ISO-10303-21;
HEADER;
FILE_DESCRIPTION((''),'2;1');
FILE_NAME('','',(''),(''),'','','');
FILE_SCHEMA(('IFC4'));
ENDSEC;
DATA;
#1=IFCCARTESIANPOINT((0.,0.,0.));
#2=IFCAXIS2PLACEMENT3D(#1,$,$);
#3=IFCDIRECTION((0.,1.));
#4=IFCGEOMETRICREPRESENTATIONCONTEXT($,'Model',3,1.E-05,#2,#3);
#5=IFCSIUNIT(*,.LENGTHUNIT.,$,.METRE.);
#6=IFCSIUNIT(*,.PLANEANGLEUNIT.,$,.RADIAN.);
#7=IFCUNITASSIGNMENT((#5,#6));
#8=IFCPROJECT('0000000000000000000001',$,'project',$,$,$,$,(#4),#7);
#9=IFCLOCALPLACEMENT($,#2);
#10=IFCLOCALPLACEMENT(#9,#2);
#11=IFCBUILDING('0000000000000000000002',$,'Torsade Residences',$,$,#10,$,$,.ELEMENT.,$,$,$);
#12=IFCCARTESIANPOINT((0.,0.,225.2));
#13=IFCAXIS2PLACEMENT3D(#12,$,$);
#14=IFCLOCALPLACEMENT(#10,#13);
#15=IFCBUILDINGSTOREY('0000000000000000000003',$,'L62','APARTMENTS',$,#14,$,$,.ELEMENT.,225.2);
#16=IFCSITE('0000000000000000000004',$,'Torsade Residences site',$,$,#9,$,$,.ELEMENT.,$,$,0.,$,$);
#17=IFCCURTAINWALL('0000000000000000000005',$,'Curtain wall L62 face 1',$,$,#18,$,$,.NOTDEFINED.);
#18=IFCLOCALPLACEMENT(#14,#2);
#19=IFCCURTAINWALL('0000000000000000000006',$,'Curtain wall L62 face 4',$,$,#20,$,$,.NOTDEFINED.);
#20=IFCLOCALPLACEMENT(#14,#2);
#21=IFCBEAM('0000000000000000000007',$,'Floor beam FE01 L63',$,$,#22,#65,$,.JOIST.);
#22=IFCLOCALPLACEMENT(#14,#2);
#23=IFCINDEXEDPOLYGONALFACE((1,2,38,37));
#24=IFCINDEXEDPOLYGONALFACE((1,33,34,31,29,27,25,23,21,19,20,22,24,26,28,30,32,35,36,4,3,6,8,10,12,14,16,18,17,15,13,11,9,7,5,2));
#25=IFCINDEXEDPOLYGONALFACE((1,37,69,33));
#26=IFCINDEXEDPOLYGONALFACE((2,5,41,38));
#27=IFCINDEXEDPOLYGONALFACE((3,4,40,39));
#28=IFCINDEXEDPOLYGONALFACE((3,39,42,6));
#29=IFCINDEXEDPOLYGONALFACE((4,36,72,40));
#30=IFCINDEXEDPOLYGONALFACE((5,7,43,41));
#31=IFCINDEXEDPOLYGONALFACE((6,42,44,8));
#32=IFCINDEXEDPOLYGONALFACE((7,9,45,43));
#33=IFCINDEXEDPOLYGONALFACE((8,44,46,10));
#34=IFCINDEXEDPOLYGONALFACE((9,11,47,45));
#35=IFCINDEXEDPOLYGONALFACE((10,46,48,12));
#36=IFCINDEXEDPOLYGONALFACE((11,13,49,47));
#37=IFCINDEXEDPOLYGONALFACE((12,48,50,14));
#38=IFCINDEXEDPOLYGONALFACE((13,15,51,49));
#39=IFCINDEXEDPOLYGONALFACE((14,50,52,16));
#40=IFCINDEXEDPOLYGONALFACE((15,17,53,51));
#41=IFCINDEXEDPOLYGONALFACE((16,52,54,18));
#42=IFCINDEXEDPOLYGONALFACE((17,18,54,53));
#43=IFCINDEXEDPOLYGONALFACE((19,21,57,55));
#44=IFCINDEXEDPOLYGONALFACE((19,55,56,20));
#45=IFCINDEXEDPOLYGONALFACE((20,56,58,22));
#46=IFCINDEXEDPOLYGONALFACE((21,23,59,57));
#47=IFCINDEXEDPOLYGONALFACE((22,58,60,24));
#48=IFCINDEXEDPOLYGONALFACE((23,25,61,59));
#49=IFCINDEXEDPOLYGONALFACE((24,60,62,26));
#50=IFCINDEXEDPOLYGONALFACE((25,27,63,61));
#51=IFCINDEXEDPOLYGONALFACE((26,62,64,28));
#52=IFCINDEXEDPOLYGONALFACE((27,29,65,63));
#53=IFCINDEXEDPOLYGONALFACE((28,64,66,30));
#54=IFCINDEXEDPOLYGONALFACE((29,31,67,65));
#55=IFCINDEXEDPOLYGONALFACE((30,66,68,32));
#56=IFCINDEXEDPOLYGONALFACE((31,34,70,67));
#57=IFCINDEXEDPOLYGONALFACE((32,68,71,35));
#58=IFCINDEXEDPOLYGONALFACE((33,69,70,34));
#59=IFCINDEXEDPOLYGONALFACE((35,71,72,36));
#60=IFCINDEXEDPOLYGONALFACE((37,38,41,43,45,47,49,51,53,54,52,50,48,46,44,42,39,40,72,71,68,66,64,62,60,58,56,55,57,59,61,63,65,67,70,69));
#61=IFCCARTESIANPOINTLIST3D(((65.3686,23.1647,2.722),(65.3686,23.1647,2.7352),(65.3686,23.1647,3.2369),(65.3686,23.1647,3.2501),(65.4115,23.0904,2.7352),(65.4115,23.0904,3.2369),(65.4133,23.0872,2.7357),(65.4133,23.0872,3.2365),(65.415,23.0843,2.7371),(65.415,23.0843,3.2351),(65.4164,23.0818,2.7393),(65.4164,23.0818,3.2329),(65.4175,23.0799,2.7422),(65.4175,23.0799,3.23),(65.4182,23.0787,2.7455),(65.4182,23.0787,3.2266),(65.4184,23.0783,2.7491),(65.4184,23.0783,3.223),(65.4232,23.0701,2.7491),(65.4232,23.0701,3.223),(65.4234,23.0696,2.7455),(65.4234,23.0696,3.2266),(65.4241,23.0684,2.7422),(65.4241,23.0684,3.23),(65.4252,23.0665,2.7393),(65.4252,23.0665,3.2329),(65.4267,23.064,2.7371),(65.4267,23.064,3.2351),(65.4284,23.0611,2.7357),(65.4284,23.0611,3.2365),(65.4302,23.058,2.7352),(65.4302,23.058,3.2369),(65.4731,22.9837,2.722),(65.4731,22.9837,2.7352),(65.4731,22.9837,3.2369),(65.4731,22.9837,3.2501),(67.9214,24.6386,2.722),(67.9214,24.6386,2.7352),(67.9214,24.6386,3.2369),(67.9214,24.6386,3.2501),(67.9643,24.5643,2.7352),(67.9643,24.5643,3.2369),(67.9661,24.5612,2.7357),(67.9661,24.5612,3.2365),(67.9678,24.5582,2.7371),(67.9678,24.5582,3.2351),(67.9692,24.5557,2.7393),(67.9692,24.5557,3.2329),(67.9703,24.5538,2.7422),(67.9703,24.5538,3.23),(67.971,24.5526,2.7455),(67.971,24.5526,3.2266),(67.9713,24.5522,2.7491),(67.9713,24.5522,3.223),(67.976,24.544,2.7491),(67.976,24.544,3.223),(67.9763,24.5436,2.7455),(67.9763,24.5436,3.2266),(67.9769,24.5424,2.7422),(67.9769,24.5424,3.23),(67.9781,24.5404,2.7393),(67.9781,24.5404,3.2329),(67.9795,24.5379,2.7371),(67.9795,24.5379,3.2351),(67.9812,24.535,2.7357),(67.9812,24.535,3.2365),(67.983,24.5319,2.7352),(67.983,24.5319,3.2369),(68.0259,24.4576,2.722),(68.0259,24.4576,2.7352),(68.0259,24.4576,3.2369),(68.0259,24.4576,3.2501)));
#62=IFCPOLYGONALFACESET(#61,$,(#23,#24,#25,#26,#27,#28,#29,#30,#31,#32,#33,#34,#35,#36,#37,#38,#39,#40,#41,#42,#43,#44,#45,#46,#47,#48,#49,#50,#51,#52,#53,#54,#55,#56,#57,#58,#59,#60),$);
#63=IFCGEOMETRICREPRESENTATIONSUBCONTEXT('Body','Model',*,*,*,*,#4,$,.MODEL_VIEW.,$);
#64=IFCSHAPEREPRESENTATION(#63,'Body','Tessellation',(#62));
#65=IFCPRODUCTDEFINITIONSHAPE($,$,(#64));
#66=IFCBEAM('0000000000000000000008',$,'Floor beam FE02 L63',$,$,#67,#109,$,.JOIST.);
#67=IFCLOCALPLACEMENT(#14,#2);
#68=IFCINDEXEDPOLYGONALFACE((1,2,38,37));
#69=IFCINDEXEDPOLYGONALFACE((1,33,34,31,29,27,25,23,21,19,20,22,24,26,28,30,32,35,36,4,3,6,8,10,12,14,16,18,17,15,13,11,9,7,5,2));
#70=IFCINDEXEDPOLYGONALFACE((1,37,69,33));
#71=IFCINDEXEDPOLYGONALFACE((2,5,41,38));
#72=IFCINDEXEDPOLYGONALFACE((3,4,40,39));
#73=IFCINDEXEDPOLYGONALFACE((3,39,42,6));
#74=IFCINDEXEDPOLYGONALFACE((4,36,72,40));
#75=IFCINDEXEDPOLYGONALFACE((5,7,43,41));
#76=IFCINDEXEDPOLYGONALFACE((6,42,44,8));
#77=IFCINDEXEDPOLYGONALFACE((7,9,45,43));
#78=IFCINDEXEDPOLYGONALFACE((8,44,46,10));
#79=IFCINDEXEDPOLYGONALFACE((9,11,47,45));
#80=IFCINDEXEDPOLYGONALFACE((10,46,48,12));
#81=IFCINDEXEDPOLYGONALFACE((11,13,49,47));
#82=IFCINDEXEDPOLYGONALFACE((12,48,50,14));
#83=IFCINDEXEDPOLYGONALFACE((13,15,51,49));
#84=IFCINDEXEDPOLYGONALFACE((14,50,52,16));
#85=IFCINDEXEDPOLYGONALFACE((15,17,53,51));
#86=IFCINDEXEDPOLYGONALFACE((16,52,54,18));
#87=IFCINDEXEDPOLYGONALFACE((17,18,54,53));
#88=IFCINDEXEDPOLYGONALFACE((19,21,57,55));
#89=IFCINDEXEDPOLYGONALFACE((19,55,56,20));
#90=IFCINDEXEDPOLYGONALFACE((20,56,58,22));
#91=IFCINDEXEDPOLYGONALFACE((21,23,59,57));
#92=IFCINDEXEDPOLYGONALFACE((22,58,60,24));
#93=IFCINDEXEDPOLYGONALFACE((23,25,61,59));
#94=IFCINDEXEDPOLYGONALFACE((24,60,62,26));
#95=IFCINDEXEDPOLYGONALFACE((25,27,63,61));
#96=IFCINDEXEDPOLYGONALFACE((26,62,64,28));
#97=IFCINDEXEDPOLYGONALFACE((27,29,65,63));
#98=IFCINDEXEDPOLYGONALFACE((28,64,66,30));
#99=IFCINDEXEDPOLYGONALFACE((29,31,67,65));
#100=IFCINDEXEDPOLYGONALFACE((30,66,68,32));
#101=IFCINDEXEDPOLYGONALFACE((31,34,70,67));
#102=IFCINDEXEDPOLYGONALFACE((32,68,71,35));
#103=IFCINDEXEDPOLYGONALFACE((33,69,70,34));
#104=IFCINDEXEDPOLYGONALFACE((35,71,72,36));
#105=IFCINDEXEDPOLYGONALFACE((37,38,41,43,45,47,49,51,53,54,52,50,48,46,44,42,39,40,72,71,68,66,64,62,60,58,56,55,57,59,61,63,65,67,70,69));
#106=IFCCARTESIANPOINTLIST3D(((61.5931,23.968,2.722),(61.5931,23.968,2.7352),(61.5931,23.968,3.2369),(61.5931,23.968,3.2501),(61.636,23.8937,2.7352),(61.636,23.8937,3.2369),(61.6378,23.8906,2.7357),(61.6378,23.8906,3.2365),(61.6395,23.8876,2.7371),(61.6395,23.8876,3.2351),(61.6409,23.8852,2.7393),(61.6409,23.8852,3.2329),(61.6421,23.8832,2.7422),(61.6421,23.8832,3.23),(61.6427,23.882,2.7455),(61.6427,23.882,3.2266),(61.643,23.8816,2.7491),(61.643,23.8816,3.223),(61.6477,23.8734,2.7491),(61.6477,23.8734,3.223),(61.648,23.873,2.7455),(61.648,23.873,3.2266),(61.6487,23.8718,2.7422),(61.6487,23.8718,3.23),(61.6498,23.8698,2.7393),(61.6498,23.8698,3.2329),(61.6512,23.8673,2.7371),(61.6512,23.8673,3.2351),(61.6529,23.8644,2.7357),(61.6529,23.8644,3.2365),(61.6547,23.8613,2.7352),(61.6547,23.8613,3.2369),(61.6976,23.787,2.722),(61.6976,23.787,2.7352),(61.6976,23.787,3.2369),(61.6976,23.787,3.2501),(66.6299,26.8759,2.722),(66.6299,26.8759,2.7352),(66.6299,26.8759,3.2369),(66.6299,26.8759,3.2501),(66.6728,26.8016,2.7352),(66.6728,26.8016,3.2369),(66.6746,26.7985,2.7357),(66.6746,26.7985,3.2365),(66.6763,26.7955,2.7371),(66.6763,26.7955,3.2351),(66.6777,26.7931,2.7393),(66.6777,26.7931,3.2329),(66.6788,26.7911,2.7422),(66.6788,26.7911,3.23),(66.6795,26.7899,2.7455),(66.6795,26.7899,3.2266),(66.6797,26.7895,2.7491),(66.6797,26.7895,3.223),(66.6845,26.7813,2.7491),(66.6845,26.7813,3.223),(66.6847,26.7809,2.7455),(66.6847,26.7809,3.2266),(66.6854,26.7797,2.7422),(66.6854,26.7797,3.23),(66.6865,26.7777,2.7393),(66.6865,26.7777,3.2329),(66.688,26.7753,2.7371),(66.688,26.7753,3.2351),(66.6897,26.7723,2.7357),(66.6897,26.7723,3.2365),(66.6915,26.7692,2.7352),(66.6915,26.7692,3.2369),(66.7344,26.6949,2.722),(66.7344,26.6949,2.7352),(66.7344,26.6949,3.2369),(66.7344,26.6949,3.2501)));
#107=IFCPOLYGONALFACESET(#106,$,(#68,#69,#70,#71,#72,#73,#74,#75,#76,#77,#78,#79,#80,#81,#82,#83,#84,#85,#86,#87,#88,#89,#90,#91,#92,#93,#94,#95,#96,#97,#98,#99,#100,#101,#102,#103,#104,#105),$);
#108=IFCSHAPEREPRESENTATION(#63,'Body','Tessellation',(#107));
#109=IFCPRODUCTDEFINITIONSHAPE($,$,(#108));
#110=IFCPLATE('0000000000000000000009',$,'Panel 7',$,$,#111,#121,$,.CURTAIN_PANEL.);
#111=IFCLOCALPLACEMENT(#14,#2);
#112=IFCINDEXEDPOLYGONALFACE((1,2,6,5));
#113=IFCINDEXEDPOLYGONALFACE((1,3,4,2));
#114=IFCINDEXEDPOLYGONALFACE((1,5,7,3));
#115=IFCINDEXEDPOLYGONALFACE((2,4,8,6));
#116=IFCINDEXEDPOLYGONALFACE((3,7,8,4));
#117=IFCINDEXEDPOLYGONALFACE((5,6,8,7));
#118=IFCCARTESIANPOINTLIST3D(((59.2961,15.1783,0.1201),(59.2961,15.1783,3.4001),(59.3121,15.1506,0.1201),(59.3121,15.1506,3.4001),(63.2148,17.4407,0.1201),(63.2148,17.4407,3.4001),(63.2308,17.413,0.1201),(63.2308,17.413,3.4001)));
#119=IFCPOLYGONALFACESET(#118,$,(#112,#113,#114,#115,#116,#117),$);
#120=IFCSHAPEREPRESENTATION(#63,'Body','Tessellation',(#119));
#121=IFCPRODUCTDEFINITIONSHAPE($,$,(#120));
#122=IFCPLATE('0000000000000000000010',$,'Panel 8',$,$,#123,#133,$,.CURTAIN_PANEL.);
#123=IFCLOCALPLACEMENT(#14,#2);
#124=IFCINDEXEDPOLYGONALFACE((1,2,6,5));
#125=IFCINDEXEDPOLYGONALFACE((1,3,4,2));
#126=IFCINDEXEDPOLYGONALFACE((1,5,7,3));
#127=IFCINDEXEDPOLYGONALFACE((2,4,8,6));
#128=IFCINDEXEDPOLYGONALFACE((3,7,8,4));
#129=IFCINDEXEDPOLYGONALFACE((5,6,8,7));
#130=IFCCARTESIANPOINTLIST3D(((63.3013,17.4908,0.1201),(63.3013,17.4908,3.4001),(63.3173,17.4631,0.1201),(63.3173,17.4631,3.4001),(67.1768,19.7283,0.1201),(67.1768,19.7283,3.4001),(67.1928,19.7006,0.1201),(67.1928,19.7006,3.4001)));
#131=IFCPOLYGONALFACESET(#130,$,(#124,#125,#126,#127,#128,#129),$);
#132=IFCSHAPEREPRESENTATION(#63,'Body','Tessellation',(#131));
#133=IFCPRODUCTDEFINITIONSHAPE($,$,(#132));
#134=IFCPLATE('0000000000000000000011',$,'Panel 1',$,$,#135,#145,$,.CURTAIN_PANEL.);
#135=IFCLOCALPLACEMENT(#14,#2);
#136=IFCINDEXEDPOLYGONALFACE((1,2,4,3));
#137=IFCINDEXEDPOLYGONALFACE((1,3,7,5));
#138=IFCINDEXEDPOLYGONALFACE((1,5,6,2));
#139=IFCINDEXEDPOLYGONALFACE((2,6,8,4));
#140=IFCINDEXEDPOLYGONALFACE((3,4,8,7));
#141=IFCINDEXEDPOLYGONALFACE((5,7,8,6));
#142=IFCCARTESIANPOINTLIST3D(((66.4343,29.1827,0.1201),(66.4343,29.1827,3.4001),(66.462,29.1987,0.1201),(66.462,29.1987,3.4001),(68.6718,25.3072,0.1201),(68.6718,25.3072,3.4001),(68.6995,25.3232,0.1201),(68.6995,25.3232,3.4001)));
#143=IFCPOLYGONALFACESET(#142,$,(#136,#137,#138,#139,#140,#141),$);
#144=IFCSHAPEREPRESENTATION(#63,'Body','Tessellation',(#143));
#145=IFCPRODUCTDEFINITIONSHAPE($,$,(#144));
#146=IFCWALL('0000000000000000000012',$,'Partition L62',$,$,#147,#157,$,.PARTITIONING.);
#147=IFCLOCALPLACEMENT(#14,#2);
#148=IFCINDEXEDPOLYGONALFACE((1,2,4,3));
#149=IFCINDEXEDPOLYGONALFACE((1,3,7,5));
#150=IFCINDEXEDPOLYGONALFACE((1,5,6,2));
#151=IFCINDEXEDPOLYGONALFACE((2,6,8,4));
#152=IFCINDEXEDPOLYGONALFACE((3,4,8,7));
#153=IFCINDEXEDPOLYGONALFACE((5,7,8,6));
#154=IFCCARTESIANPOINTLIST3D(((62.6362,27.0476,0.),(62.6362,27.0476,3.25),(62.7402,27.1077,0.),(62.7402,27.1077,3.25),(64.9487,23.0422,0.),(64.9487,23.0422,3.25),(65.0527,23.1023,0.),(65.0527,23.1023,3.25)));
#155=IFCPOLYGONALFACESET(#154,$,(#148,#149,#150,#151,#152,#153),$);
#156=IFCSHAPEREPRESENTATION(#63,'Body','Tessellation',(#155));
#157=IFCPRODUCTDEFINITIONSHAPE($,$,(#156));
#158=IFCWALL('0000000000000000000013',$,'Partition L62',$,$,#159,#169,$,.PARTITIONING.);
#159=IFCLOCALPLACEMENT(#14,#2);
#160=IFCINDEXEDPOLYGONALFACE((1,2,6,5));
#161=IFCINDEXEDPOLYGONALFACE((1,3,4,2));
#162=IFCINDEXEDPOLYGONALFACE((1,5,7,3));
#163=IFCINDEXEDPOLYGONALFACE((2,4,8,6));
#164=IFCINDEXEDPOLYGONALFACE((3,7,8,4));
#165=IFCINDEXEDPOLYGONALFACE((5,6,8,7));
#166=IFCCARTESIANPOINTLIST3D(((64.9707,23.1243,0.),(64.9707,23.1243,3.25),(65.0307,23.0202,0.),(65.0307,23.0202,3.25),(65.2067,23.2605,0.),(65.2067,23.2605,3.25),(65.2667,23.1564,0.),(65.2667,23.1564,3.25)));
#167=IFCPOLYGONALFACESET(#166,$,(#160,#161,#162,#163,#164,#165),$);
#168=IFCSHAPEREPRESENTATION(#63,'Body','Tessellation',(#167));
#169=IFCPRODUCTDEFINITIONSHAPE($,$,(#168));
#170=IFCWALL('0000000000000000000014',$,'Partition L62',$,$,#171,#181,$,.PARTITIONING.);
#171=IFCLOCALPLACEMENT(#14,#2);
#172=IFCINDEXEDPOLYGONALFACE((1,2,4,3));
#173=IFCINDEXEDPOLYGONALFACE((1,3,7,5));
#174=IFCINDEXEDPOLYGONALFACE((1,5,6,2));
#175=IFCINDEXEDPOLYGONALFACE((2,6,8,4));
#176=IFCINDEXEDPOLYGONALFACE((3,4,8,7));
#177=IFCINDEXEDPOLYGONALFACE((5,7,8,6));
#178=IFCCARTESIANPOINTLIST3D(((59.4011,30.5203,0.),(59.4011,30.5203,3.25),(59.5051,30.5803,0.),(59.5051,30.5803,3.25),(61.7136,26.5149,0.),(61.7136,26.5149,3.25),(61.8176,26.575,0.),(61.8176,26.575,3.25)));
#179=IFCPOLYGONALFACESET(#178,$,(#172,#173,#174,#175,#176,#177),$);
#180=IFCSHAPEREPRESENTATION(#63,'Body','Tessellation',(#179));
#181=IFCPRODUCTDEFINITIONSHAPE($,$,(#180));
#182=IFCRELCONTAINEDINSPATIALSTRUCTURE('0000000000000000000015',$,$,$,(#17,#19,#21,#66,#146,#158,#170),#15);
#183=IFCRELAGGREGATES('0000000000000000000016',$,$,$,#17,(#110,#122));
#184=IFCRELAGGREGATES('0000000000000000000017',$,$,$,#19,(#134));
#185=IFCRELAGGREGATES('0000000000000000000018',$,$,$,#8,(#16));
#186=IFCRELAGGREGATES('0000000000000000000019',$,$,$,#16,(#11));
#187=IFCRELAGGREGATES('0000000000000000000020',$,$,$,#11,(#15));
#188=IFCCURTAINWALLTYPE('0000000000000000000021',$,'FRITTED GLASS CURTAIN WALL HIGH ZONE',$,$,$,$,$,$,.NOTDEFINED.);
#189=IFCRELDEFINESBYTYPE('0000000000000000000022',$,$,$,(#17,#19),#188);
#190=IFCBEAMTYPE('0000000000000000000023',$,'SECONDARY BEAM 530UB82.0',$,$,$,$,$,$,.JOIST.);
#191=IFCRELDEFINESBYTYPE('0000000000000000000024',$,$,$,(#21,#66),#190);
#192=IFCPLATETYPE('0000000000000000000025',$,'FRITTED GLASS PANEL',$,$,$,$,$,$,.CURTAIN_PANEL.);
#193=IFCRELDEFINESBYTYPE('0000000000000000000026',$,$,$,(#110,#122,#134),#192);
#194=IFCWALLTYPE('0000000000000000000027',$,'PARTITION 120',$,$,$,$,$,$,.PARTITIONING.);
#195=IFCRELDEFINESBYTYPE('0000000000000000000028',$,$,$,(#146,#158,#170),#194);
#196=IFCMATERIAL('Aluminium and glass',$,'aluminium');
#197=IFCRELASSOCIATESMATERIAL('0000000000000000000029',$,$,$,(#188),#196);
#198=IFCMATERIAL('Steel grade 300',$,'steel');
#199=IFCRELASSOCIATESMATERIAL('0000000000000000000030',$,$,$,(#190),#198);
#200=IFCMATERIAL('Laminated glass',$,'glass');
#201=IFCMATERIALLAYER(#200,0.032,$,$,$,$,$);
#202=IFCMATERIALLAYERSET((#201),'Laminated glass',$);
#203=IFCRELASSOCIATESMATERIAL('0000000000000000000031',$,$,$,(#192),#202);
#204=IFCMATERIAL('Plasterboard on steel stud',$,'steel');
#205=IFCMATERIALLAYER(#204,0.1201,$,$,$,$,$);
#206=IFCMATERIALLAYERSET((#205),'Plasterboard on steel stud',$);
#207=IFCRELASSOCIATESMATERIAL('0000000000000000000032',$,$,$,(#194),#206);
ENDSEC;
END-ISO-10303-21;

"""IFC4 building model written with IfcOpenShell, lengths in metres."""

from ifc_helpers import new_model, si_unit, direction, frame, frame_2d, origin, origin_2d, place, context, subcontext, project, spatial, rectangle, i_section, extrude, material, layer, layer_set, material_profile, profile_set, type_object, element, aggregate, save


model = new_model("IFC4")

# Units and contexts
model_context = context("Model", 3, precision=1e-05, world=origin(), true_north=direction((0.0, 1.0)))
body_context = subcontext(model_context, "Body", "Model", "MODEL_VIEW")
ifc_project = project(units=[si_unit("LENGTHUNIT", "METRE"), si_unit("PLANEANGLEUNIT", "RADIAN")], contexts=[model_context])

# Site, building, storey
site_placement = place(None, origin())
site = spatial("IfcSite", under=ifc_project, at=site_placement, Name="Torsade Residences site", CompositionType="ELEMENT", RefElevation=0.0)
building_placement = place(site_placement, origin())
building = spatial("IfcBuilding", under=site, at=building_placement, Name="Torsade Residences", CompositionType="ELEMENT")
storey_placement = place(building_placement, frame((0.0, 0.0, 225.2)))
storey = spatial("IfcBuildingStorey", under=building, at=storey_placement, Name="L62", Description="APARTMENTS", CompositionType="ELEMENT", Elevation=225.2)

# Curtain wall
ifc_material_1 = material(Name="Aluminium and glass", Category="aluminium")
curtain_wall_type = type_object("IfcCurtainWallType", Name="FRITTED GLASS CURTAIN WALL HIGH ZONE", PredefinedType="NOTDEFINED", material=ifc_material_1)
curtain_wall_1_placement = place(storey_placement, origin())
curtain_wall_1 = element("IfcCurtainWall", 1, at=curtain_wall_1_placement, inside=storey, type_object=curtain_wall_type, Name="Curtain wall L62 face 1", PredefinedType="NOTDEFINED")

# Curtain wall
curtain_wall_2_placement = place(storey_placement, origin())
curtain_wall_2 = element("IfcCurtainWall", 2, at=curtain_wall_2_placement, inside=storey, type_object=curtain_wall_type, Name="Curtain wall L62 face 4", PredefinedType="NOTDEFINED")

# Beams
ifc_material_2 = material(Name="Steel grade 300", Category="steel")
ifc_material_profile_1 = material_profile(ifc_material_2, i_section(OverallWidth=0.209, OverallDepth=0.5281, WebThickness=0.0095, FlangeThickness=0.0132, FilletRadius=0.0139, at=origin_2d()), Name="530UB82.0")
ifc_profile_set_1 = profile_set([ifc_material_profile_1], Name="Steel grade 300")
beam_type_1 = type_object("IfcBeamType", Name="SECONDARY BEAM 530UB82.0", PredefinedType="JOIST", material=ifc_profile_set_1)
beam_1_placement = place(storey_placement, frame((67.9736, 24.5481, 2.9861), z_axis=(-0.866017, -0.500014, 0.0), x_axis=(0.500014, -0.866017, 0.0)))
element("IfcBeam", 3, at=beam_1_placement, inside=storey, type_object=beam_type_1, Name="Floor beam FE01 L63", PredefinedType="JOIST", context=body_context, shape_type="SweptSolid", body=[
    extrude(i_section(OverallWidth=0.209, OverallDepth=0.5281, WebThickness=0.0095, FlangeThickness=0.0132, FilletRadius=0.0139, at=origin_2d()), origin(), (0.0, 0.0, 1.0), 2.9478),
])
beam_2_placement = place(storey_placement, frame((66.6821, 26.7854, 2.9861), z_axis=(-0.866031, -0.49999, 0.0), x_axis=(0.49999, -0.866031, 0.0)))
element("IfcBeam", 4, at=beam_2_placement, inside=storey, type_object=beam_type_1, Name="Floor beam FE02 L63", PredefinedType="JOIST", context=body_context, shape_type="SweptSolid", body=[
    extrude(i_section(OverallWidth=0.209, OverallDepth=0.5281, WebThickness=0.0095, FlangeThickness=0.0132, FilletRadius=0.0139, at=origin_2d()), origin(), (0.0, 0.0, 1.0), 5.8159),
])

# Plates
ifc_material_3 = material(Name="Laminated glass", Category="glass")
ifc_layer_1 = layer(ifc_material_3, 0.032)
ifc_layer_set_1 = layer_set([ifc_layer_1], Name="Laminated glass")
plate_type = type_object("IfcPlateType", Name="FRITTED GLASS PANEL", PredefinedType="CURTAIN_PANEL", material=ifc_layer_set_1)
plate_1_placement = place(storey_placement, frame((61.2634, 16.2957, 0.1201), z_axis=(0.0, 0.0, 1.0), x_axis=(0.866025, 0.5, 0.0)))
plate_1 = element("IfcPlate", 5, at=plate_1_placement, type_object=plate_type, Name="Panel 7", PredefinedType="CURTAIN_PANEL", context=body_context, shape_type="SweptSolid", body=[
    extrude(rectangle(XDim=4.5249, YDim=0.032, at=origin_2d()), origin(), (0.0, 0.0, 1.0), 3.28),
])
plate_2_placement = place(storey_placement, frame((65.2471, 18.5957, 0.1201), z_axis=(0.0, 0.0, 1.0), x_axis=(0.866025, 0.5, 0.0)))
plate_2 = element("IfcPlate", 6, at=plate_2_placement, type_object=plate_type, Name="Panel 8", PredefinedType="CURTAIN_PANEL", context=body_context, shape_type="SweptSolid", body=[
    extrude(rectangle(XDim=4.4751, YDim=0.032, at=origin_2d()), origin(), (0.0, 0.0, 1.0), 3.28),
])
aggregate(curtain_wall_1, [plate_1, plate_2])
plate_3_placement = place(storey_placement, frame((67.5669, 27.2529, 0.1201), z_axis=(0.0, 0.0, 1.0), x_axis=(-0.5, 0.866025, 0.0)))
plate_3 = element("IfcPlate", 7, at=plate_3_placement, type_object=plate_type, Name="Panel 1", PredefinedType="CURTAIN_PANEL", context=body_context, shape_type="SweptSolid", body=[
    extrude(rectangle(XDim=4.4751, YDim=0.032, at=origin_2d()), origin(), (0.0, 0.0, 1.0), 3.28),
])
aggregate(curtain_wall_2, [plate_3])

# Walls
ifc_material_4 = material(Name="Plasterboard on steel stud", Category="steel")
ifc_layer_2 = layer(ifc_material_4, 0.1201)
ifc_layer_set_2 = layer_set([ifc_layer_2], Name="Plasterboard on steel stud")
wall_type_1 = type_object("IfcWallType", Name="PARTITION 120", PredefinedType="PARTITIONING", material=ifc_layer_set_2)
wall_1_placement = place(storey_placement, frame((62.6882, 27.0776, 0.0), z_axis=(0.0, 0.0, 1.0), x_axis=(0.5, -0.866026, 0.0)))
element("IfcWall", 8, at=wall_1_placement, inside=storey, type_object=wall_type_1, Name="Partition L62", PredefinedType="PARTITIONING", context=body_context, shape_type="SweptSolid", body=[
    extrude(rectangle(XDim=4.625, YDim=0.1201, at=frame_2d((2.3125, 0.0))), origin(), (0.0, 0.0, 1.0), 3.25),
])
wall_2_placement = place(storey_placement, frame((65.0007, 23.0723, 0.0), z_axis=(0.0, 0.0, 1.0), x_axis=(0.866141, 0.4998, 0.0)))
element("IfcWall", 9, at=wall_2_placement, inside=storey, type_object=wall_type_1, Name="Partition L62", PredefinedType="PARTITIONING", context=body_context, shape_type="SweptSolid", body=[
    extrude(rectangle(XDim=0.2725, YDim=0.1201, at=frame_2d((0.1362, 0.0))), origin(), (0.0, 0.0, 1.0), 3.25),
])
wall_3_placement = place(storey_placement, frame((61.7656, 26.5449, 0.0), z_axis=(0.0, 0.0, 1.0), x_axis=(-0.5, 0.866026, 0.0)))
element("IfcWall", 10, at=wall_3_placement, inside=storey, type_object=wall_type_1, Name="Partition L62", PredefinedType="PARTITIONING", context=body_context, shape_type="SweptSolid", body=[
    extrude(rectangle(XDim=4.625, YDim=0.1201, at=frame_2d((2.3125, 0.0))), origin(), (0.0, 0.0, 1.0), 3.25),
])

save(model, "model.ifc")
